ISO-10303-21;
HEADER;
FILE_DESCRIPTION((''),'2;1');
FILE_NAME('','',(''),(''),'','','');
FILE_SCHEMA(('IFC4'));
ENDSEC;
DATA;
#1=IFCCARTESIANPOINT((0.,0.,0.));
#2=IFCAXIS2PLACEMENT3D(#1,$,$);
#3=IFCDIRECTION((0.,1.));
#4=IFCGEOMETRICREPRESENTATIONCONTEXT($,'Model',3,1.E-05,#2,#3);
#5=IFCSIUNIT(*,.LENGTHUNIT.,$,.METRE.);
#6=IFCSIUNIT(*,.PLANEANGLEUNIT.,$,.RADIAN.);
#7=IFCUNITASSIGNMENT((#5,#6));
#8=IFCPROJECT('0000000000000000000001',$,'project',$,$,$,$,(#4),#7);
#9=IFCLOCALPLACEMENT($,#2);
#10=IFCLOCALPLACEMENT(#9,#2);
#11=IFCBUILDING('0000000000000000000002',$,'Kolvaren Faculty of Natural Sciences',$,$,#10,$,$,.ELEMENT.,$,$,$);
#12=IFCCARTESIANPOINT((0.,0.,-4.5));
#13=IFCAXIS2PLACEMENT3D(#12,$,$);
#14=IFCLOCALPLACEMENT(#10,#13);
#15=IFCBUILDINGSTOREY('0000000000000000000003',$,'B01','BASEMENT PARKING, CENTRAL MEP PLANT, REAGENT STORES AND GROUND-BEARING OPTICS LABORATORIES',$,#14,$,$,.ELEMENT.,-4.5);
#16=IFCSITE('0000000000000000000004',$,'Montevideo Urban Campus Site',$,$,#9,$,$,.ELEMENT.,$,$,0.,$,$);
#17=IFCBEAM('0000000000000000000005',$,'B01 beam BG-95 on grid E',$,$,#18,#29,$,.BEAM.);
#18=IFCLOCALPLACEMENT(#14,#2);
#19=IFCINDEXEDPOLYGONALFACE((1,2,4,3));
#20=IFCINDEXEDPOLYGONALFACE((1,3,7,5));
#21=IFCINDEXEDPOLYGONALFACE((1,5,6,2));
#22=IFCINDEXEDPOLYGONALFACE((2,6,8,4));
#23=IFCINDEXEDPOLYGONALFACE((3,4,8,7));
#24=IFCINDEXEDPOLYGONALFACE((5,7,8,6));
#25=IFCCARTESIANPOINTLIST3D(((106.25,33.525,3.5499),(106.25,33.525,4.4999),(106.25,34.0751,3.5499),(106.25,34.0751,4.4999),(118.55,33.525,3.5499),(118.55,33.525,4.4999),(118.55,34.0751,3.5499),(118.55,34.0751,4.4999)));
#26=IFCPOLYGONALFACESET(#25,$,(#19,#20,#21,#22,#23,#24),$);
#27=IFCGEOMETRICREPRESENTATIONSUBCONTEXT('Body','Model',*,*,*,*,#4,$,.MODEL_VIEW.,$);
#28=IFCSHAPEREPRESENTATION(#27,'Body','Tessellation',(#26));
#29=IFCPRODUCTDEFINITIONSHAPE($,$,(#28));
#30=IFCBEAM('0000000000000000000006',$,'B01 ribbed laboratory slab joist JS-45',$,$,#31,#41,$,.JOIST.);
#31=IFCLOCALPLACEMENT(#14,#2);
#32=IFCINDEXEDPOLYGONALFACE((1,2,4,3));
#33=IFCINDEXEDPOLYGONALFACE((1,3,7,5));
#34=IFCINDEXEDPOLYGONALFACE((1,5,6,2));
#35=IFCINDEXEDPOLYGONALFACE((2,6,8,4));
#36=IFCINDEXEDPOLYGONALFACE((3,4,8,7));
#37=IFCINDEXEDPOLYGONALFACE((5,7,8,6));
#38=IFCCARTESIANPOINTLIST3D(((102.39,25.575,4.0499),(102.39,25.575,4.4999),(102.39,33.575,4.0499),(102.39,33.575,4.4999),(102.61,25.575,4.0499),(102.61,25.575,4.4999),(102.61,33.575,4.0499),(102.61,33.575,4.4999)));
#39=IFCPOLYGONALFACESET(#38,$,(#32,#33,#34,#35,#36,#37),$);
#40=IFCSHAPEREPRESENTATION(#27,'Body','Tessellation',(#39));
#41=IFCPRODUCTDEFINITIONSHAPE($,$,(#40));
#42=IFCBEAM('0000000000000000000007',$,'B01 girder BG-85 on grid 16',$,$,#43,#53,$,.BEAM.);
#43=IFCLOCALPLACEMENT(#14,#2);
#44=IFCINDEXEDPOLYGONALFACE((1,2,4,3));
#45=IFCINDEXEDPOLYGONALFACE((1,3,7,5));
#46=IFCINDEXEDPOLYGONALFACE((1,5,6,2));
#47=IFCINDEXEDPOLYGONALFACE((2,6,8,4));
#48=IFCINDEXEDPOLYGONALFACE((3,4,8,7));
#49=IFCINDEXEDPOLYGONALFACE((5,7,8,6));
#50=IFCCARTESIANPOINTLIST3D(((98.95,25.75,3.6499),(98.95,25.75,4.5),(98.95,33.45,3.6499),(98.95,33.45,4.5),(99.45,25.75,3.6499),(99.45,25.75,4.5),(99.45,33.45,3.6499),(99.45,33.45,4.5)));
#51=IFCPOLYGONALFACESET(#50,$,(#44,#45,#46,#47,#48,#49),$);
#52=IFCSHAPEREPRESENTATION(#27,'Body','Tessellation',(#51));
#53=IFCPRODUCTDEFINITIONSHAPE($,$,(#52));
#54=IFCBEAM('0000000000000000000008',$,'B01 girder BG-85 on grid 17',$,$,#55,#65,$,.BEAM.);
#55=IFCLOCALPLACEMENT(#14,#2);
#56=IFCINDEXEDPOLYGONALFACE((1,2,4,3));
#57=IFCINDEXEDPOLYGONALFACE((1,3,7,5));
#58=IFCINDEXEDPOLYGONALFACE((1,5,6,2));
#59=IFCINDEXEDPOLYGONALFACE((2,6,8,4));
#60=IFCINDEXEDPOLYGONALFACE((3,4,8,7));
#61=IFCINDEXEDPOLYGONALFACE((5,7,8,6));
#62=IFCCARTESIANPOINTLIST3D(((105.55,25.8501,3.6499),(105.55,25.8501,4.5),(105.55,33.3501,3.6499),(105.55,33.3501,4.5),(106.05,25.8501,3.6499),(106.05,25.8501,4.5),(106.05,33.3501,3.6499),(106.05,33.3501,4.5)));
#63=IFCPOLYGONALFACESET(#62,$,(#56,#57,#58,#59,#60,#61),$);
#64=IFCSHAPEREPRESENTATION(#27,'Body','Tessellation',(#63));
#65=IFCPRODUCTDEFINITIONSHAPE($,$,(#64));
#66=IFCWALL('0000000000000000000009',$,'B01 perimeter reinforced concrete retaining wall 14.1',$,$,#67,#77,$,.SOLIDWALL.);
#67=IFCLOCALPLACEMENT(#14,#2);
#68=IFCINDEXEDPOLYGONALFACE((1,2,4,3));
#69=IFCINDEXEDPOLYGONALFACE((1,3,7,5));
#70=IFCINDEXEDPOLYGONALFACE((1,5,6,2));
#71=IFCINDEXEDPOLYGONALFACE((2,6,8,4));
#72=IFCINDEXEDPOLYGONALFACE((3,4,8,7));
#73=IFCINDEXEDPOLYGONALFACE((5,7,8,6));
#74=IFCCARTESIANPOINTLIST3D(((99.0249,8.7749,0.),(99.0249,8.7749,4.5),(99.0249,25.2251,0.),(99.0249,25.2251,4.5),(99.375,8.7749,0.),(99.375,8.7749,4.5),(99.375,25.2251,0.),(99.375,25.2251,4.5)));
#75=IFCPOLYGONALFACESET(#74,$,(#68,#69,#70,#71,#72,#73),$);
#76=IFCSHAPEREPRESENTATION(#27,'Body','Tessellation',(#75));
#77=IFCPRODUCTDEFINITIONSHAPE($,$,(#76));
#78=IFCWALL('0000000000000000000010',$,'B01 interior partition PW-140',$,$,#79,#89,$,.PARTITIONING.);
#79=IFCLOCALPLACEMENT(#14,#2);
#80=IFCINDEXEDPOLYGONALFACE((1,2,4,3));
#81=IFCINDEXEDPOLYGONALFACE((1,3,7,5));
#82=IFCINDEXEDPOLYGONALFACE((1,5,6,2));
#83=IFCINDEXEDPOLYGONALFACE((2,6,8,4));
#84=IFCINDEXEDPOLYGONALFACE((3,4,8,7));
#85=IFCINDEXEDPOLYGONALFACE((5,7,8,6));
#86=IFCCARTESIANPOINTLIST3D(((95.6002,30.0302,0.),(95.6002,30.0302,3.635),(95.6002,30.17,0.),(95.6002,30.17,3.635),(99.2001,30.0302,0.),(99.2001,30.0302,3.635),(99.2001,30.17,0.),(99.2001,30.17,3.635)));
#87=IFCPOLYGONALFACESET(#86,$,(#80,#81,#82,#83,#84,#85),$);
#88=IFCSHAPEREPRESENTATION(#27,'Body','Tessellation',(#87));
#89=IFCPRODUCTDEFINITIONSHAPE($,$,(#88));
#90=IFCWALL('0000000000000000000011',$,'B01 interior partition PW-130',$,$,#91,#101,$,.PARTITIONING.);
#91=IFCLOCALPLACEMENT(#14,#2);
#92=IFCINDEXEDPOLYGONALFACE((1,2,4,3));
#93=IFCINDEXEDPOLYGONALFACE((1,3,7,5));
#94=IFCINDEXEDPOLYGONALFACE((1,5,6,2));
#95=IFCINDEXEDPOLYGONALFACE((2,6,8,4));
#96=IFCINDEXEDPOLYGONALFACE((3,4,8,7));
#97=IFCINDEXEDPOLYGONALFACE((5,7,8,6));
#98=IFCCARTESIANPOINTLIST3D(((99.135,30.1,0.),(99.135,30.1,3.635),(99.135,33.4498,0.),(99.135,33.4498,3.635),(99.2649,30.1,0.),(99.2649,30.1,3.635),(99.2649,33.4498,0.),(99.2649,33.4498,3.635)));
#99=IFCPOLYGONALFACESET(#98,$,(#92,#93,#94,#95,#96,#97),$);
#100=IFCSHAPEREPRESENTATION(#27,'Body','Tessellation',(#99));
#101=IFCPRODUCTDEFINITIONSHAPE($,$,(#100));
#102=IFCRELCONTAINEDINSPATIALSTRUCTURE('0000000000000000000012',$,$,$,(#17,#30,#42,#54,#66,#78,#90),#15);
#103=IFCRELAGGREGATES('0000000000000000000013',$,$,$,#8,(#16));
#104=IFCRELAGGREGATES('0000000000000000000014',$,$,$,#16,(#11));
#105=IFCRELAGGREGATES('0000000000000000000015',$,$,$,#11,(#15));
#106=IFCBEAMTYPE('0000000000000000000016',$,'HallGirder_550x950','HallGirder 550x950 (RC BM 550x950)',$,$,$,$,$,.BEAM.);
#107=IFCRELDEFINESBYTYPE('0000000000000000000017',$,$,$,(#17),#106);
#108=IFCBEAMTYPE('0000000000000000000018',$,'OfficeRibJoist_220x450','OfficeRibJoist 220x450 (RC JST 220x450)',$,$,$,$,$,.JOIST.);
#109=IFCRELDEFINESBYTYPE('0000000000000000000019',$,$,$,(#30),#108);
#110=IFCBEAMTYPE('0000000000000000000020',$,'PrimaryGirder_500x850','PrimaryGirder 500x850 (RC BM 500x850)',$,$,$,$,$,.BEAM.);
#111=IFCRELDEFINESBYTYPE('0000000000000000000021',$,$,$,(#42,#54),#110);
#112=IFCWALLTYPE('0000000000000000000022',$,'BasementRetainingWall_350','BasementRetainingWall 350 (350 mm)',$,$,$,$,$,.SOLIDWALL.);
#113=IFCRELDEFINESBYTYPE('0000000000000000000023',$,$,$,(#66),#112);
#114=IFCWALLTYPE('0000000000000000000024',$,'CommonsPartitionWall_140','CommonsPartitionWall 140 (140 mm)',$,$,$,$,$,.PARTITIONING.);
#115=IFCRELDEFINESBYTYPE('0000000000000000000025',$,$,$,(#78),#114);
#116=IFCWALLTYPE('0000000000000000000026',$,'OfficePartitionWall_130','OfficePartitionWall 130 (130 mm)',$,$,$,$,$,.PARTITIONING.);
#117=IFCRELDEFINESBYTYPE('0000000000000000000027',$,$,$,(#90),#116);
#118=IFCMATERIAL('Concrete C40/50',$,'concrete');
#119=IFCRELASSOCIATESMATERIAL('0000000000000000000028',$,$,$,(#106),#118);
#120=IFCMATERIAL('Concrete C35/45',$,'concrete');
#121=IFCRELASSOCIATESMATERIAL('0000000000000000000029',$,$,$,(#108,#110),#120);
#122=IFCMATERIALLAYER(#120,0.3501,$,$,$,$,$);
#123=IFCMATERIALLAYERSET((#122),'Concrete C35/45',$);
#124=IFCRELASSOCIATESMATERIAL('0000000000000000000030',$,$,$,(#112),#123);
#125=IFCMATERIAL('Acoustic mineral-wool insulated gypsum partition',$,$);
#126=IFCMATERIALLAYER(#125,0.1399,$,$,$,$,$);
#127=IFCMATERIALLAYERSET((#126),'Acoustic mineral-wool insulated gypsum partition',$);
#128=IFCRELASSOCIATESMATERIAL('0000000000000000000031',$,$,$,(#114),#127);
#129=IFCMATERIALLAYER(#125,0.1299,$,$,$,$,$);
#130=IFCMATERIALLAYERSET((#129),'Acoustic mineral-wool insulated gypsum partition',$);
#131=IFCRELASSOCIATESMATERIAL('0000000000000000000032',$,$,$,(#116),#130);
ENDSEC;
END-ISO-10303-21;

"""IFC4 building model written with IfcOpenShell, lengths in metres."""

from ifc_helpers import new_model, si_unit, direction, frame, frame_2d, origin, origin_2d, place, context, subcontext, project, spatial, rectangle, extrude, material, layer, layer_set, material_profile, profile_set, type_object, element, save


model = new_model("IFC4")

# Units and contexts
model_context = context("Model", 3, precision=1e-05, world=origin(), true_north=direction((0.0, 1.0)))
body_context = subcontext(model_context, "Body", "Model", "MODEL_VIEW")
ifc_project = project(units=[si_unit("LENGTHUNIT", "METRE"), si_unit("PLANEANGLEUNIT", "RADIAN")], contexts=[model_context])

# Site, building, storey
site_placement = place(None, origin())
site = spatial("IfcSite", under=ifc_project, at=site_placement, Name="Montevideo Urban Campus Site", CompositionType="ELEMENT", RefElevation=0.0)
building_placement = place(site_placement, origin())
building = spatial("IfcBuilding", under=site, at=building_placement, Name="Kolvaren Faculty of Natural Sciences", CompositionType="ELEMENT")
storey_placement = place(building_placement, frame((0.0, 0.0, -4.5)))
storey = spatial("IfcBuildingStorey", under=building, at=storey_placement, Name="B01", Description="BASEMENT PARKING, CENTRAL MEP PLANT, REAGENT STORES AND GROUND-BEARING OPTICS LABORATORIES", CompositionType="ELEMENT", Elevation=-4.5)

# Shared definitions
ifc_material_1 = material(Name="Concrete C35/45", Category="concrete")

# Shared definitions
ifc_material_2 = material(Name="Concrete C40/50", Category="concrete")

# Beams
ifc_material_profile_1 = material_profile(ifc_material_2, rectangle(XDim=0.55, YDim=0.95, at=origin_2d()), Name="RC BM 550x950")
ifc_profile_set_1 = profile_set([ifc_material_profile_1], Name="Concrete C40/50")
beam_type_1 = type_object("IfcBeamType", Name="HallGirder_550x950", Description="HallGirder 550x950 (RC BM 550x950)", PredefinedType="BEAM", material=ifc_profile_set_1)
beam_1_placement = place(storey_placement, frame((106.25, 33.8, 4.0249), z_axis=(1.0, 0.0, 0.0), x_axis=(0.0, 1.0, 0.0)))
element("IfcBeam", 1, at=beam_1_placement, inside=storey, type_object=beam_type_1, Name="B01 beam BG-95 on grid E", PredefinedType="BEAM", context=body_context, shape_type="SweptSolid", body=[
    extrude(rectangle(XDim=0.55, YDim=0.95, at=origin_2d()), origin(), (0.0, 0.0, 1.0), 12.3),
])
ifc_material_profile_2 = material_profile(ifc_material_1, rectangle(XDim=0.22, YDim=0.45, at=origin_2d()), Name="RC JST 220x450")
ifc_profile_set_2 = profile_set([ifc_material_profile_2], Name="Concrete C35/45")
beam_type_2 = type_object("IfcBeamType", Name="OfficeRibJoist_220x450", Description="OfficeRibJoist 220x450 (RC JST 220x450)", PredefinedType="JOIST", material=ifc_profile_set_2)
beam_2_placement = place(storey_placement, frame((102.5, 25.575, 4.2749), z_axis=(0.0, 1.0, 0.0), x_axis=(-1.0, 0.0, 0.0)))
element("IfcBeam", 2, at=beam_2_placement, inside=storey, type_object=beam_type_2, Name="B01 ribbed laboratory slab joist JS-45", PredefinedType="JOIST", context=body_context, shape_type="SweptSolid", body=[
    extrude(rectangle(XDim=0.22, YDim=0.45, at=origin_2d()), origin(), (0.0, 0.0, 1.0), 8.0),
])
ifc_material_profile_3 = material_profile(ifc_material_1, rectangle(XDim=0.5, YDim=0.8501, at=origin_2d()), Name="RC BM 500x850")
ifc_profile_set_3 = profile_set([ifc_material_profile_3], Name="Concrete C35/45")
beam_type_3 = type_object("IfcBeamType", Name="PrimaryGirder_500x850", Description="PrimaryGirder 500x850 (RC BM 500x850)", PredefinedType="BEAM", material=ifc_profile_set_3)
beam_3_placement = place(storey_placement, frame((99.2, 25.75, 4.075), z_axis=(0.0, 1.0, 0.0), x_axis=(-1.0, 0.0, 0.0)))
element("IfcBeam", 3, at=beam_3_placement, inside=storey, type_object=beam_type_3, Name="B01 girder BG-85 on grid 16", PredefinedType="BEAM", context=body_context, shape_type="SweptSolid", body=[
    extrude(rectangle(XDim=0.5, YDim=0.8501, at=origin_2d()), origin(), (0.0, 0.0, 1.0), 7.7),
])
beam_4_placement = place(storey_placement, frame((105.8, 25.8501, 4.075), z_axis=(0.0, 1.0, 0.0), x_axis=(-1.0, 0.0, 0.0)))
element("IfcBeam", 4, at=beam_4_placement, inside=storey, type_object=beam_type_3, Name="B01 girder BG-85 on grid 17", PredefinedType="BEAM", context=body_context, shape_type="SweptSolid", body=[
    extrude(rectangle(XDim=0.5, YDim=0.8501, at=origin_2d()), origin(), (0.0, 0.0, 1.0), 7.5),
])

# Walls
ifc_layer_1 = layer(ifc_material_1, 0.3501)
ifc_layer_set_1 = layer_set([ifc_layer_1], Name="Concrete C35/45")
wall_type_1 = type_object("IfcWallType", Name="BasementRetainingWall_350", Description="BasementRetainingWall 350 (350 mm)", PredefinedType="SOLIDWALL", material=ifc_layer_set_1)
wall_1_placement = place(storey_placement, frame((99.2, 8.7749, 0.0), z_axis=(0.0, 0.0, 1.0), x_axis=(0.0, 1.0, 0.0)))
element("IfcWall", 5, at=wall_1_placement, inside=storey, type_object=wall_type_1, Name="B01 perimeter reinforced concrete retaining wall 14.1", PredefinedType="SOLIDWALL", context=body_context, shape_type="SweptSolid", body=[
    extrude(rectangle(XDim=16.4502, YDim=0.3501, at=frame_2d((8.2251, 0.0))), origin(), (0.0, 0.0, 1.0), 4.5),
])
ifc_material_3 = material(Name="Acoustic mineral-wool insulated gypsum partition")
ifc_layer_2 = layer(ifc_material_3, 0.1399)
ifc_layer_set_2 = layer_set([ifc_layer_2], Name="Acoustic mineral-wool insulated gypsum partition")
wall_type_2 = type_object("IfcWallType", Name="CommonsPartitionWall_140", Description="CommonsPartitionWall 140 (140 mm)", PredefinedType="PARTITIONING", material=ifc_layer_set_2)
wall_2_placement = place(storey_placement, frame((99.2, 30.1001, 0.0), z_axis=(0.0, 0.0, 1.0), x_axis=(-1.0, 0.0, 0.0)))
element("IfcWall", 6, at=wall_2_placement, inside=storey, type_object=wall_type_2, Name="B01 interior partition PW-140", PredefinedType="PARTITIONING", context=body_context, shape_type="SweptSolid", body=[
    extrude(rectangle(XDim=3.5999, YDim=0.1399, at=frame_2d((1.7998, 0.0))), origin(), (0.0, 0.0, 1.0), 3.635),
])
ifc_layer_3 = layer(ifc_material_3, 0.1299)
ifc_layer_set_3 = layer_set([ifc_layer_3], Name="Acoustic mineral-wool insulated gypsum partition")
wall_type_3 = type_object("IfcWallType", Name="OfficePartitionWall_130", Description="OfficePartitionWall 130 (130 mm)", PredefinedType="PARTITIONING", material=ifc_layer_set_3)
wall_3_placement = place(storey_placement, frame((99.2, 30.1001, 0.0), z_axis=(0.0, 0.0, 1.0), x_axis=(0.0, 1.0, 0.0)))
element("IfcWall", 7, at=wall_3_placement, inside=storey, type_object=wall_type_3, Name="B01 interior partition PW-130", PredefinedType="PARTITIONING", context=body_context, shape_type="SweptSolid", body=[
    extrude(rectangle(XDim=3.3499, YDim=0.1299, at=frame_2d((1.6748, 0.0))), origin(), (0.0, 0.0, 1.0), 3.635),
])

save(model, "model.ifc")
